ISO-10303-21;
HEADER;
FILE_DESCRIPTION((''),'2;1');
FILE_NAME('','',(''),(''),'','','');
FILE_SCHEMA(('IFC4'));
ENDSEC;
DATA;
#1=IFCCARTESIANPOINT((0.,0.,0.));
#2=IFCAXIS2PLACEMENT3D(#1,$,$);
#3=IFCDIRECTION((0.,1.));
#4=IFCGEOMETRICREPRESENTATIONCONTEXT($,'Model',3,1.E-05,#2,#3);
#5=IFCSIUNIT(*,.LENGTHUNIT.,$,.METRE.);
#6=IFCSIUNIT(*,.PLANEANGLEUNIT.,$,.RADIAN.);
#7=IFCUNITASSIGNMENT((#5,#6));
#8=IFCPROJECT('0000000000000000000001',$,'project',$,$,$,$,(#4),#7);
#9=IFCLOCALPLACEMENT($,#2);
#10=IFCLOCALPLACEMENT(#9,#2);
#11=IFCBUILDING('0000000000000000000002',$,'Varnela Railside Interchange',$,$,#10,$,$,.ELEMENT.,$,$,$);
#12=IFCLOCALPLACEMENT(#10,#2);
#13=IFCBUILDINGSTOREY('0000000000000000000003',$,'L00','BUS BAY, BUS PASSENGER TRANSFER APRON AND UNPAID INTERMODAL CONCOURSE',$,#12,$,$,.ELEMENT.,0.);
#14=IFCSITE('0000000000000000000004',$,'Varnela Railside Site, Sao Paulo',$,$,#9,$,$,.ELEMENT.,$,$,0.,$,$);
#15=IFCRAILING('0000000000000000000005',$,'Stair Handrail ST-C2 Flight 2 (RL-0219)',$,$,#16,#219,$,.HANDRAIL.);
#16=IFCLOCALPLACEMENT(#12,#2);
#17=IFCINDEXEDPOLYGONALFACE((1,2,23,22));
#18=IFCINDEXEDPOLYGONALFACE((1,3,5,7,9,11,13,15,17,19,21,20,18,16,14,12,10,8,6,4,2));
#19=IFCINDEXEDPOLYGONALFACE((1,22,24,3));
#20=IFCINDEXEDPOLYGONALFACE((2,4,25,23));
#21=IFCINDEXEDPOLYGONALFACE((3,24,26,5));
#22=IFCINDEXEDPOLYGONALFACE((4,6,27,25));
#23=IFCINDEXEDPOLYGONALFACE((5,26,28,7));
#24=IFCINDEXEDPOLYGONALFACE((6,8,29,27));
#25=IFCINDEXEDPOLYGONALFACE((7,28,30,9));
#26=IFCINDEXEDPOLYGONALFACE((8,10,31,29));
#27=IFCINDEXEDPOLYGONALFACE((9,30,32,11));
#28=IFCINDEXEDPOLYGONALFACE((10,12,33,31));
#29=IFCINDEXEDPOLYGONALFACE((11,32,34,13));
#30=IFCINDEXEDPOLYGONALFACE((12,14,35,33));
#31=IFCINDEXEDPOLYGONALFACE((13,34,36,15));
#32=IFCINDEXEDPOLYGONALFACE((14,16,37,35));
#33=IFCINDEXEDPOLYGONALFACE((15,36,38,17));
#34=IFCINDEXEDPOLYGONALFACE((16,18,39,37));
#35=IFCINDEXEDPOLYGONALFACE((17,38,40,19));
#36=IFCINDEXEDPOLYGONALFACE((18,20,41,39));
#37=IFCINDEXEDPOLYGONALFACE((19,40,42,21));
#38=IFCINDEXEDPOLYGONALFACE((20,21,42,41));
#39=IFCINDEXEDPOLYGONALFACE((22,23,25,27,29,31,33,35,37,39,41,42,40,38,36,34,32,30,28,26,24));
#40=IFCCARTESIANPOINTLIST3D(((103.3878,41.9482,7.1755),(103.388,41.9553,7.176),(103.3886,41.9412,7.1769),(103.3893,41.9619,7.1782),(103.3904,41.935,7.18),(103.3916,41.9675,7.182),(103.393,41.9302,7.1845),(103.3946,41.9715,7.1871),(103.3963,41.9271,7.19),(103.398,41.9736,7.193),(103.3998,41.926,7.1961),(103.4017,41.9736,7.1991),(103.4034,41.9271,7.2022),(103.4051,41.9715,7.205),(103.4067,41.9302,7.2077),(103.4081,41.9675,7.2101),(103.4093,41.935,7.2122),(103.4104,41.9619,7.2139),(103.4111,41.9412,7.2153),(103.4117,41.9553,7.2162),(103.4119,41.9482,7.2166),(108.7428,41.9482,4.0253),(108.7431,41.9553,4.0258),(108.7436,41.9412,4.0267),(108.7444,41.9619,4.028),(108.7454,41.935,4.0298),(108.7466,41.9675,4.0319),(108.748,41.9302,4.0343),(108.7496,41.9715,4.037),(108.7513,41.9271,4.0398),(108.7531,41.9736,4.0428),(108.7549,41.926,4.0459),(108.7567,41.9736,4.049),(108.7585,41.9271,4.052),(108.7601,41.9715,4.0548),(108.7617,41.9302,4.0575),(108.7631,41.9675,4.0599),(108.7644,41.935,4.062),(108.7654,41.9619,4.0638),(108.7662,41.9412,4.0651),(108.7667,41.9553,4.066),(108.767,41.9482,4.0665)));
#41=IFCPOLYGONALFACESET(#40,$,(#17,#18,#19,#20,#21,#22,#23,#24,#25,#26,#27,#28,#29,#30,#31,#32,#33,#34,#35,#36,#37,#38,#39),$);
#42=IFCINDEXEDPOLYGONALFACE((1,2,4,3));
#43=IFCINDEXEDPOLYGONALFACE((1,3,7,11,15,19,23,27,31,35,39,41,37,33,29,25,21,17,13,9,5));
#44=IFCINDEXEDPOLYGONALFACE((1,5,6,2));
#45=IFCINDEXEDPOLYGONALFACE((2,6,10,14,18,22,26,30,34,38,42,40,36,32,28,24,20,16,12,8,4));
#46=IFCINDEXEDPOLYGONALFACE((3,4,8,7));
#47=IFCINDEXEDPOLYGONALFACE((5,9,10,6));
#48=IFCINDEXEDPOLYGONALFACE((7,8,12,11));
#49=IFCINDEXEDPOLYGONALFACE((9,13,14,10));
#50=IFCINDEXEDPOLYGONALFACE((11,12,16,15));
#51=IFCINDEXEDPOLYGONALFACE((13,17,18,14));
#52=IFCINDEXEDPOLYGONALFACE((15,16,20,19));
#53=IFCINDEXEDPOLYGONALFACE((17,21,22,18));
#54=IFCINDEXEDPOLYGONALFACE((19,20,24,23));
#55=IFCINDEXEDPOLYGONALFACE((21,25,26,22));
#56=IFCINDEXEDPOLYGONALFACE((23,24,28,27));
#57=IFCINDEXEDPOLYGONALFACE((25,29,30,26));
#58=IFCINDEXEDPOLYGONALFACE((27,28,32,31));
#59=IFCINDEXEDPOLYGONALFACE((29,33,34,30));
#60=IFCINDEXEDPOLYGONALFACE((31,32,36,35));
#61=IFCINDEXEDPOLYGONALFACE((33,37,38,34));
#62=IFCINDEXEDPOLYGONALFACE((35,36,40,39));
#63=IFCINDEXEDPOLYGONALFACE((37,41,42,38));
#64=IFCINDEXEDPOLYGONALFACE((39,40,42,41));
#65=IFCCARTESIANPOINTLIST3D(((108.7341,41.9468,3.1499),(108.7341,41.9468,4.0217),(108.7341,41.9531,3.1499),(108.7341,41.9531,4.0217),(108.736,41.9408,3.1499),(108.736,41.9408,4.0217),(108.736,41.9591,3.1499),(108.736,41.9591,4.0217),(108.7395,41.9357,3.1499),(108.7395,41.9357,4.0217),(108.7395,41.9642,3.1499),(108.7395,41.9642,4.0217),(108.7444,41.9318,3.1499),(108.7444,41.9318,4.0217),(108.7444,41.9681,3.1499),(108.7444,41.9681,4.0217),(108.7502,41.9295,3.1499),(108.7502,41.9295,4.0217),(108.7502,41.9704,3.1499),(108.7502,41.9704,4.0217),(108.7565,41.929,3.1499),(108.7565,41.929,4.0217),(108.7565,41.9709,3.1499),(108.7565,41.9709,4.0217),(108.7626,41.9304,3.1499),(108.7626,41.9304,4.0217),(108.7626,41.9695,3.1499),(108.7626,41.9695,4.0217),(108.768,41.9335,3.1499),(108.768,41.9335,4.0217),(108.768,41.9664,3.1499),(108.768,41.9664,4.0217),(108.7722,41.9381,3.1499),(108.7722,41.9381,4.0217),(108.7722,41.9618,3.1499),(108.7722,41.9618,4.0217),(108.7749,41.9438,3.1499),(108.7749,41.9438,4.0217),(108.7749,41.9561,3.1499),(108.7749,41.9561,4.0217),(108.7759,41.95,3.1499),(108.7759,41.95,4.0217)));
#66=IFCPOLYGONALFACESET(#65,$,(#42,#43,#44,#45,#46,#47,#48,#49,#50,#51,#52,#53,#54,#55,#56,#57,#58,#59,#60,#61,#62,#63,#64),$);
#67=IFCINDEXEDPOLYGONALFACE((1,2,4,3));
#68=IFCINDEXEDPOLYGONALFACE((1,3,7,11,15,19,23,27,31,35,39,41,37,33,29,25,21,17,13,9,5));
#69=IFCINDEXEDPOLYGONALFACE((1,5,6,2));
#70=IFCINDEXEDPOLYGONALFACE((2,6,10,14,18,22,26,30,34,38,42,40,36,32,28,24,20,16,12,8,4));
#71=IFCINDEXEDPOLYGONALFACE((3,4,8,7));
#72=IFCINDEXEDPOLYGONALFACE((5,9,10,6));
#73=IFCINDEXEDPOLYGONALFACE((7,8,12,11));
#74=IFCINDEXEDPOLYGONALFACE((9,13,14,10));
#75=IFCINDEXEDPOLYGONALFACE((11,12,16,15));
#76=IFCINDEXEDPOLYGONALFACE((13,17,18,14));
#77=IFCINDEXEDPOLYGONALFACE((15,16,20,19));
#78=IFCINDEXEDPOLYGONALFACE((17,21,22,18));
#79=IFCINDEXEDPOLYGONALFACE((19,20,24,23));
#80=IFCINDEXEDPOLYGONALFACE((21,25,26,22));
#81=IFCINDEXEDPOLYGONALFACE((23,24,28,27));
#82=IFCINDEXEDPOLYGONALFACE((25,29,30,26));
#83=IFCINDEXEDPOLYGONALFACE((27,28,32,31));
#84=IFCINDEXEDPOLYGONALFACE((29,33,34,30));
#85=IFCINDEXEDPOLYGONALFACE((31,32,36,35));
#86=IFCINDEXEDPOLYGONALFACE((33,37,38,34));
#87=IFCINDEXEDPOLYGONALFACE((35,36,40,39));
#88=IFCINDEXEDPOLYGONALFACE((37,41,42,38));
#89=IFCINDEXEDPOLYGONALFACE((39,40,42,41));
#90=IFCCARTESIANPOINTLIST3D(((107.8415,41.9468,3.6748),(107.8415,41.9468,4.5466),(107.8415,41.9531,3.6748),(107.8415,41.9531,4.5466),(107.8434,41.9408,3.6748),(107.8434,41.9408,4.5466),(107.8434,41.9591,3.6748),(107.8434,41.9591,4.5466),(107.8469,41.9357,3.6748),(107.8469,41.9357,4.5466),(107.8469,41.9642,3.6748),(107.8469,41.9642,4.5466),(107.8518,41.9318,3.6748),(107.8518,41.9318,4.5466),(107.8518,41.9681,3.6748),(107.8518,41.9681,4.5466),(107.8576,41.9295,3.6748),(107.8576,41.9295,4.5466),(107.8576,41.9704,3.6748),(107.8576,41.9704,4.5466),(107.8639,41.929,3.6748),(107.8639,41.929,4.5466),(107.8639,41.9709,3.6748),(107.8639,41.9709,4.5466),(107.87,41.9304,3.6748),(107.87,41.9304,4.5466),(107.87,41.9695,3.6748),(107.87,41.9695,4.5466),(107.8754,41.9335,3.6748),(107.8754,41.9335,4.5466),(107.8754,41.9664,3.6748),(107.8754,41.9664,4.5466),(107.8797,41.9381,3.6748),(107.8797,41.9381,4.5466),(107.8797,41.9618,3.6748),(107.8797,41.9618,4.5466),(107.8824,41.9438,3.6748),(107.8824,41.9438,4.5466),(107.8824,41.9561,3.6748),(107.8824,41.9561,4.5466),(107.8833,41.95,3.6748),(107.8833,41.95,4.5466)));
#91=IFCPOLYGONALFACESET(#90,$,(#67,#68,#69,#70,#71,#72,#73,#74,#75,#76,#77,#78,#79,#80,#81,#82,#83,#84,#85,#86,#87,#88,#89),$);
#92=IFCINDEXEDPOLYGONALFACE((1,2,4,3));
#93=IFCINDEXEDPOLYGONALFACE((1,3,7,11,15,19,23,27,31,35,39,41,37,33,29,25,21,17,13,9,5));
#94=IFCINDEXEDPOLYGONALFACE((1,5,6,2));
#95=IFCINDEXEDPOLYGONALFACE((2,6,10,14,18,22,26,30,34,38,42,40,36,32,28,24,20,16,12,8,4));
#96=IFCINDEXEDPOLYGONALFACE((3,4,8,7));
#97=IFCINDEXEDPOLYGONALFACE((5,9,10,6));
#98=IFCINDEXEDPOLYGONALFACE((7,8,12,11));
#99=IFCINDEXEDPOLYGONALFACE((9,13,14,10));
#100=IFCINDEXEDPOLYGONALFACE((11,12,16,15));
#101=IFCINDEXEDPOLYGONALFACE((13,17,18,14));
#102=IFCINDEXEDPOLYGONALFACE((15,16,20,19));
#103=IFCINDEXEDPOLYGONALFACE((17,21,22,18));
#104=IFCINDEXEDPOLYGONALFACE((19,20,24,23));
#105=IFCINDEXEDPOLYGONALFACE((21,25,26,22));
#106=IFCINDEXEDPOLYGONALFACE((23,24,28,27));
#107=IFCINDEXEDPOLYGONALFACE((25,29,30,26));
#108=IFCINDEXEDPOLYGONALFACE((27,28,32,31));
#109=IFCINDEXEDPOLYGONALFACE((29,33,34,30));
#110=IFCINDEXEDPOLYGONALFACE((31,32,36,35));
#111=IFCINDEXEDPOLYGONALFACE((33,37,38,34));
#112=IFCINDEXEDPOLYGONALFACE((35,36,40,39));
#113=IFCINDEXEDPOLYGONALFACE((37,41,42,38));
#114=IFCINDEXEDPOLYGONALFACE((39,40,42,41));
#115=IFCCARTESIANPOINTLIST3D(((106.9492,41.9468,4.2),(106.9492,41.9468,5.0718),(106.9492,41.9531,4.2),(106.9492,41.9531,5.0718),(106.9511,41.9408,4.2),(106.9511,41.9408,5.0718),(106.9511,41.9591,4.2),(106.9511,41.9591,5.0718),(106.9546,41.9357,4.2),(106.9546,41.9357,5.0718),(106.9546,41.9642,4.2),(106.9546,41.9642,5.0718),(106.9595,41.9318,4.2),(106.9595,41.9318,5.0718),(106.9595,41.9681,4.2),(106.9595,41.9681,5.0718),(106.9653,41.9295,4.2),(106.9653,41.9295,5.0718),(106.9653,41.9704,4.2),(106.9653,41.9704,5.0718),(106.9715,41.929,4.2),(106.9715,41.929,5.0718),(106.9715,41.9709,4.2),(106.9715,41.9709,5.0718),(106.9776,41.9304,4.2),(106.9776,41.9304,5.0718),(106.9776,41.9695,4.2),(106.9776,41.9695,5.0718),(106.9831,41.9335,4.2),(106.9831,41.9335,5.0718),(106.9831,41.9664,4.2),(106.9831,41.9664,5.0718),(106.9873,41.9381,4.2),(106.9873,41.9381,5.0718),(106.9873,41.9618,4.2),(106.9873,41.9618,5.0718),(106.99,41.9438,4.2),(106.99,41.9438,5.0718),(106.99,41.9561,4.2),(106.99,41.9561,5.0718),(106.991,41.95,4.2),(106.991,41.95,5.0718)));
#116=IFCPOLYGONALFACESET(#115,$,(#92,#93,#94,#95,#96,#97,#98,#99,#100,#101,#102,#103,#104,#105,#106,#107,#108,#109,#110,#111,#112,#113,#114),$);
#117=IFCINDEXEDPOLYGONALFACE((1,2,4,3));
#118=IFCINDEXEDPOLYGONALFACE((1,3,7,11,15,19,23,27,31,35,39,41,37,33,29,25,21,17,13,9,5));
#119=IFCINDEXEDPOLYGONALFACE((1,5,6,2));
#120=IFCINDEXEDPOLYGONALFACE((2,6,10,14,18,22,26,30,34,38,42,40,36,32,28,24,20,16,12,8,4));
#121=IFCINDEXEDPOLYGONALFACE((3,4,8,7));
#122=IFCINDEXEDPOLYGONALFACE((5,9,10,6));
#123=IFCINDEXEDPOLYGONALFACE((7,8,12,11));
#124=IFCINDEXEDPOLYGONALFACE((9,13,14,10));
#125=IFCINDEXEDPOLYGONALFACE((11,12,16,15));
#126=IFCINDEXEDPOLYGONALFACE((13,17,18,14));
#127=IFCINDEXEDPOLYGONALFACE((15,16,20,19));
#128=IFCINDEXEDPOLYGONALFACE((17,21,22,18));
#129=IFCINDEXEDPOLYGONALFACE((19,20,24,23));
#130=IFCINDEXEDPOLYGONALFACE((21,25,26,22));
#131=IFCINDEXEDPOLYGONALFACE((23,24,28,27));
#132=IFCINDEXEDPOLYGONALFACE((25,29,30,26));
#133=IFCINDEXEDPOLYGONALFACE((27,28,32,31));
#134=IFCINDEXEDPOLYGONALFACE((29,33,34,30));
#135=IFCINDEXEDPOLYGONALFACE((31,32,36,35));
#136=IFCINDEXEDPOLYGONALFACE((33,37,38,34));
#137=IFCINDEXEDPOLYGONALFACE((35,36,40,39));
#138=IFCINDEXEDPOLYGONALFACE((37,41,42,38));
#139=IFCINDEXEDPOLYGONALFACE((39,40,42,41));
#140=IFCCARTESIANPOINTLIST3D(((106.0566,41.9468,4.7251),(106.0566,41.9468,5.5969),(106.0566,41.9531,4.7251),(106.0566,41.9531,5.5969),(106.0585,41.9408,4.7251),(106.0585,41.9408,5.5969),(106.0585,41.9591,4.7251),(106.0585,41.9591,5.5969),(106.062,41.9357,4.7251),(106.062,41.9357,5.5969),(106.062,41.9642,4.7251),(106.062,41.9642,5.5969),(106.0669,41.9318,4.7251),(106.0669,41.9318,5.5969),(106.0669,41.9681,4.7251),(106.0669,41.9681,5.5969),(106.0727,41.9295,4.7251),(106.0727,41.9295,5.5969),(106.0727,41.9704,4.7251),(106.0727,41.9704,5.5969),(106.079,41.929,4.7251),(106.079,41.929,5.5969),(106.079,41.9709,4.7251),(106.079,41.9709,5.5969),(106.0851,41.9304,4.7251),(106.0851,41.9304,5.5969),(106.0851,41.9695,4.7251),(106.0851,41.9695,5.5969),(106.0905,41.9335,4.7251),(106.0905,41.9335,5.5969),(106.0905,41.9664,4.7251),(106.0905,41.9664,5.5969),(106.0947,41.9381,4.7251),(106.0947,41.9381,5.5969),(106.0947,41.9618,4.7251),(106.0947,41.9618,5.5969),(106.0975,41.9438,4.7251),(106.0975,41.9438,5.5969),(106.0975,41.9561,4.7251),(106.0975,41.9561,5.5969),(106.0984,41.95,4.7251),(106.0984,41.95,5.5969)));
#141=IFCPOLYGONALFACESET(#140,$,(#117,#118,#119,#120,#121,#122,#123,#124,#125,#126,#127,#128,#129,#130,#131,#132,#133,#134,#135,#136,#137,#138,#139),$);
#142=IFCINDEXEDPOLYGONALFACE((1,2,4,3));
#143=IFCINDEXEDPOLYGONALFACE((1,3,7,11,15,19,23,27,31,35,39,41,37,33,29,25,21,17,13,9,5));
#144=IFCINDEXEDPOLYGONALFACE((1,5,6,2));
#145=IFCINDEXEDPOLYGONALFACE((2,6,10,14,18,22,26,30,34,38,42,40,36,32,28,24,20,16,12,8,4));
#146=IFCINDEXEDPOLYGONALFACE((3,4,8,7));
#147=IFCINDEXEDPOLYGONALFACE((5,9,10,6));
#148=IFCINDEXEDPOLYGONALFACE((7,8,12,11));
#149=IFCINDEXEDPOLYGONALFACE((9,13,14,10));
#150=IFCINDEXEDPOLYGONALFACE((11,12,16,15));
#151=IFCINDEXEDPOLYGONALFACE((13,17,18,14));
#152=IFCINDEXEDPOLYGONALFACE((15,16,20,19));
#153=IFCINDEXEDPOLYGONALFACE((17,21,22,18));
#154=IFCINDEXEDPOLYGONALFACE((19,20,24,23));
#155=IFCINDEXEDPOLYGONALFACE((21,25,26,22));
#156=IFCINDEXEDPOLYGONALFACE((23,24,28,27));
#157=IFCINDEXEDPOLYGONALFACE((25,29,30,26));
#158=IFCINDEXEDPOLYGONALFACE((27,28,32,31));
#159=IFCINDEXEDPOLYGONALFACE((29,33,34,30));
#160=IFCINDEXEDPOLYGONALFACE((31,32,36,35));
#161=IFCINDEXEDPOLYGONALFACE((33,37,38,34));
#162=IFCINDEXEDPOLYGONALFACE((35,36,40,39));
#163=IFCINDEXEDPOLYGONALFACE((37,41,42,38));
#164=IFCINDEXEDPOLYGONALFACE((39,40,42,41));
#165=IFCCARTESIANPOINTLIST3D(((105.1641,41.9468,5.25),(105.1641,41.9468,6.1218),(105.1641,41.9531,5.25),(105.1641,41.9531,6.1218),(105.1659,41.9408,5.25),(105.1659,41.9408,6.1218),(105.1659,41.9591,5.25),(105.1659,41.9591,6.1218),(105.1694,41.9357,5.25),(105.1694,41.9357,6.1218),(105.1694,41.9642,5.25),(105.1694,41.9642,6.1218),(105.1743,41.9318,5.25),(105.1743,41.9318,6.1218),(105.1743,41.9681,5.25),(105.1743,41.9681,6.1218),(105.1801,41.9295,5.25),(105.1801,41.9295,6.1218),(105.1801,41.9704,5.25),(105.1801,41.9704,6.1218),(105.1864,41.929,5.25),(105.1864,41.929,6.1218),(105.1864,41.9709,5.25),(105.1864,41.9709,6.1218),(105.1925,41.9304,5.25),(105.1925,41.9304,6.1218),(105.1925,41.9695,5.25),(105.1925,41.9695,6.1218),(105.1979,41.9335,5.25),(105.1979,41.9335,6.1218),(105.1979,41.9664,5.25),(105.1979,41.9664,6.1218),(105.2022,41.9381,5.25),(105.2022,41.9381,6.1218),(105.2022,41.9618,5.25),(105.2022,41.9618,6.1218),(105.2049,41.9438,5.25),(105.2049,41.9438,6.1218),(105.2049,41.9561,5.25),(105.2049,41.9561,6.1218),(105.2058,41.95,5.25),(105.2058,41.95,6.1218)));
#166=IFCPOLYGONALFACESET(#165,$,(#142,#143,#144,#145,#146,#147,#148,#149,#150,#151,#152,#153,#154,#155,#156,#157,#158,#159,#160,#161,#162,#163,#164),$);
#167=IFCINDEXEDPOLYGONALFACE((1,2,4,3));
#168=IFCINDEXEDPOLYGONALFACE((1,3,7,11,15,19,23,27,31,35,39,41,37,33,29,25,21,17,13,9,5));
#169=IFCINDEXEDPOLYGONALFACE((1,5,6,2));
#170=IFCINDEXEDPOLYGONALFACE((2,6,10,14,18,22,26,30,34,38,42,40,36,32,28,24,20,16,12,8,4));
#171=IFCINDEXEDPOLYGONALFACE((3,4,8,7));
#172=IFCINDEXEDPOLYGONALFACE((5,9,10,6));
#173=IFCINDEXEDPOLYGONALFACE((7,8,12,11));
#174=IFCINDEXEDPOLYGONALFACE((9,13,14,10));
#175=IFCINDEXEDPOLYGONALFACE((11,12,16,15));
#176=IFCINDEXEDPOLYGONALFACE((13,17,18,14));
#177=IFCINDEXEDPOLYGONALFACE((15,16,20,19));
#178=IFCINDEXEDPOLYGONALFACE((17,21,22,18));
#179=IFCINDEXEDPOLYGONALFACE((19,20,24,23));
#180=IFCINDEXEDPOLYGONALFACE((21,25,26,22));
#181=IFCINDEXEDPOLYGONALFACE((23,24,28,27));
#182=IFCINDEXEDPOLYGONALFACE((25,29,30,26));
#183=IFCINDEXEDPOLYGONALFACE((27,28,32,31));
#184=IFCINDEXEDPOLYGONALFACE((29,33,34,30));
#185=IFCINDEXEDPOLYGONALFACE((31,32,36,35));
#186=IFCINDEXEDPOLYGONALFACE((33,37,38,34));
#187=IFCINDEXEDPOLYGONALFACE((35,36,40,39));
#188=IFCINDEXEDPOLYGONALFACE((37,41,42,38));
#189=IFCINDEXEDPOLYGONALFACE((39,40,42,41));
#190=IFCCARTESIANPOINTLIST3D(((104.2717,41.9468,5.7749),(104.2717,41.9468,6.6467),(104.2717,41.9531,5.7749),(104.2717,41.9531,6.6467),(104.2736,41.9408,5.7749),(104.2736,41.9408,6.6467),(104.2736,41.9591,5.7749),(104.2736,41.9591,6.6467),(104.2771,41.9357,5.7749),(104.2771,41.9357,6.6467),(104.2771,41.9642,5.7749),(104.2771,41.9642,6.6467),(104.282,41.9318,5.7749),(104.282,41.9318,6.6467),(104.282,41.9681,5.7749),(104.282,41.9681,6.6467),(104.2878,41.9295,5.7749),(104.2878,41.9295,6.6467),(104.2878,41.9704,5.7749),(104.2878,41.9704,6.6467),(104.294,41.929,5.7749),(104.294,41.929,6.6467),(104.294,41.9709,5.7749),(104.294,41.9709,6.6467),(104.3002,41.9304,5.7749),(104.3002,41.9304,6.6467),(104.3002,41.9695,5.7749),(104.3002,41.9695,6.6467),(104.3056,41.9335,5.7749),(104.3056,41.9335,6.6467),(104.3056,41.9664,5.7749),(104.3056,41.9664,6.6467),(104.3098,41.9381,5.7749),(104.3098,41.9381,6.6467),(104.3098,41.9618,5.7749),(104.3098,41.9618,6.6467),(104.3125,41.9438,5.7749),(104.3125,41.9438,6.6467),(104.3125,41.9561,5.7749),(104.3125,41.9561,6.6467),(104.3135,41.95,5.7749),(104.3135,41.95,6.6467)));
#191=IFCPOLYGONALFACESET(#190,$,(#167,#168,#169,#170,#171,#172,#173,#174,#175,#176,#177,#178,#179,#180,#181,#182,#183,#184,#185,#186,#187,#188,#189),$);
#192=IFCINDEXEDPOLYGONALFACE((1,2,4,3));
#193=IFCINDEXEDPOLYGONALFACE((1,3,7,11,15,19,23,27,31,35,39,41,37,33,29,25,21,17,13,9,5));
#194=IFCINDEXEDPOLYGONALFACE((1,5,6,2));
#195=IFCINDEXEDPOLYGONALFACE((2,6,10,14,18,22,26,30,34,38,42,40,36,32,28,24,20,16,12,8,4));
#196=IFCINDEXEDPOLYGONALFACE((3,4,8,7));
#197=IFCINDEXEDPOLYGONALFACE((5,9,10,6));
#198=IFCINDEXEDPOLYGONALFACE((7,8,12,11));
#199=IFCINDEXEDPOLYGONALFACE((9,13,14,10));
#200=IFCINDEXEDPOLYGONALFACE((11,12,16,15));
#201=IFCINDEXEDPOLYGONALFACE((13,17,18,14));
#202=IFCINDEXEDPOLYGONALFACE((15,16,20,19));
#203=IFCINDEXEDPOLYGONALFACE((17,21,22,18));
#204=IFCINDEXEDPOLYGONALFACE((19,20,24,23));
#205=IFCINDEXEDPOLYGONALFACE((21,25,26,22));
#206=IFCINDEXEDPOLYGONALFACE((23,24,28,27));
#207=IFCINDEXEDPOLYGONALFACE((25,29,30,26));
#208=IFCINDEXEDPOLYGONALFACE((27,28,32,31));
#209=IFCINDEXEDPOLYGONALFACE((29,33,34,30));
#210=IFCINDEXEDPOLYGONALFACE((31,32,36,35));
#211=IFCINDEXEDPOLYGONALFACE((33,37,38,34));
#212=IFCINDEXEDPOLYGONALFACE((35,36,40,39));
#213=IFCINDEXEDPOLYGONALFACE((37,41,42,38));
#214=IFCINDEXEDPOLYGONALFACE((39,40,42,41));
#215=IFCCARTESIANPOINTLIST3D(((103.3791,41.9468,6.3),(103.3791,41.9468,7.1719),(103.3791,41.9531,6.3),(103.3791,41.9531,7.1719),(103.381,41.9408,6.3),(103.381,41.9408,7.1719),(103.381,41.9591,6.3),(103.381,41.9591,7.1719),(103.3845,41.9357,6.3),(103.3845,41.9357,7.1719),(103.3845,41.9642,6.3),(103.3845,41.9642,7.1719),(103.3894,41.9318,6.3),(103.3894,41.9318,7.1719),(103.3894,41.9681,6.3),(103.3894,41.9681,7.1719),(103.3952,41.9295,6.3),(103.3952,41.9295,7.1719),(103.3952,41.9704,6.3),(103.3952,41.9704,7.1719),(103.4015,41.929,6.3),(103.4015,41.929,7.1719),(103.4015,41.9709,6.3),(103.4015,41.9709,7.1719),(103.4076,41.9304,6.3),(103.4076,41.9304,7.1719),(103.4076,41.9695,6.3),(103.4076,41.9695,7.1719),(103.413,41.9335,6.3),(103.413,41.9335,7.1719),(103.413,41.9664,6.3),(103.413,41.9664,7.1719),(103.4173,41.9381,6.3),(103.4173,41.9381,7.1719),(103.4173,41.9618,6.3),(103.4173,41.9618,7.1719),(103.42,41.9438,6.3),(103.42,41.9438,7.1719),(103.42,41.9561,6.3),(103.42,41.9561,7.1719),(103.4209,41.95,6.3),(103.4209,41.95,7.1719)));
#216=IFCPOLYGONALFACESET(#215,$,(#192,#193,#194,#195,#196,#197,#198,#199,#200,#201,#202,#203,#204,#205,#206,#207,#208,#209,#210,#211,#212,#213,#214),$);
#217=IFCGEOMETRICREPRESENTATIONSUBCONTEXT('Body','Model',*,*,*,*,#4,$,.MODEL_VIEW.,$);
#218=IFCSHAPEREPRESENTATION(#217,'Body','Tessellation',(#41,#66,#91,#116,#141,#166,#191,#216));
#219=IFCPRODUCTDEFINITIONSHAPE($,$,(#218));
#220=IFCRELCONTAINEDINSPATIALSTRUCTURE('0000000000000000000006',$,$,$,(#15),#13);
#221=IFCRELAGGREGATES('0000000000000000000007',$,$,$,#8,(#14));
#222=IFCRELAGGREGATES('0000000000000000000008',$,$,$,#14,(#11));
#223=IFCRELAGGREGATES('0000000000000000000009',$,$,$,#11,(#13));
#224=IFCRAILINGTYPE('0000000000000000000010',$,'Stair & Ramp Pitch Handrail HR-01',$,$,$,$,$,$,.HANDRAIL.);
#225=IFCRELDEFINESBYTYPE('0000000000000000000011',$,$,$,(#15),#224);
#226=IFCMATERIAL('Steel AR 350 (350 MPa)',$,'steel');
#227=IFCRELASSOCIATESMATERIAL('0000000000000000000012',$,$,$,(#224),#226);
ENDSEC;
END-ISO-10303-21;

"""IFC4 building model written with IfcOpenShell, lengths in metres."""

from ifc_helpers import new_model, si_unit, direction, frame, origin, origin_2d, place, context, subcontext, project, spatial, circle, extrude, material, type_object, element, save


model = new_model("IFC4")

# Units and contexts
model_context = context("Model", 3, precision=1e-05, world=origin(), true_north=direction((0.0, 1.0)))
body_context = subcontext(model_context, "Body", "Model", "MODEL_VIEW")
ifc_project = project(units=[si_unit("LENGTHUNIT", "METRE"), si_unit("PLANEANGLEUNIT", "RADIAN")], contexts=[model_context])

# Site, building, storey
site_placement = place(None, origin())
site = spatial("IfcSite", under=ifc_project, at=site_placement, Name="Varnela Railside Site, Sao Paulo", CompositionType="ELEMENT", RefElevation=0.0)
building_placement = place(site_placement, origin())
building = spatial("IfcBuilding", under=site, at=building_placement, Name="Varnela Railside Interchange", CompositionType="ELEMENT")
storey_placement = place(building_placement, origin())
storey = spatial("IfcBuildingStorey", under=building, at=storey_placement, Name="L00", Description="BUS BAY, BUS PASSENGER TRANSFER APRON AND UNPAID INTERMODAL CONCOURSE", CompositionType="ELEMENT", Elevation=0.0)

# Shared definitions
ifc_material_1 = material(Name="Steel AR 350 (350 MPa)", Category="steel")

# Railing
railing_type_1 = type_object("IfcRailingType", Name="Stair & Ramp Pitch Handrail HR-01", PredefinedType="HANDRAIL", material=ifc_material_1)
railing_1_placement = place(storey_placement, frame((108.7549, 41.95, 3.1499)))
element("IfcRailing", 1, at=railing_1_placement, inside=storey, type_object=railing_type_1, Name="Stair Handrail ST-C2 Flight 2 (RL-0219)", PredefinedType="HANDRAIL", context=body_context, shape_type="SweptSolid", body=[
    extrude(circle(Radius=0.0239, at=origin_2d()), frame((0.0, 0.0, 0.896), z_axis=(-0.861923, 0.0, 0.507039), x_axis=(0.0, -1.0, 0.0)), (0.0, 0.0, 1.0), 6.2129),
    extrude(circle(Radius=0.021, at=origin_2d()), origin(), (0.0, 0.0, 1.0), 0.8718),
    extrude(circle(Radius=0.021, at=origin_2d()), frame((-0.8926, 0.0, 0.5249)), (0.0, 0.0, 1.0), 0.8718),
    extrude(circle(Radius=0.021, at=origin_2d()), frame((-1.7849, 0.0, 1.05)), (0.0, 0.0, 1.0), 0.8718),
    extrude(circle(Radius=0.021, at=origin_2d()), frame((-2.6775, 0.0, 1.5752)), (0.0, 0.0, 1.0), 0.8718),
    extrude(circle(Radius=0.021, at=origin_2d()), frame((-3.5701, 0.0, 2.1001)), (0.0, 0.0, 1.0), 0.8718),
    extrude(circle(Radius=0.021, at=origin_2d()), frame((-4.4624, 0.0, 2.625)), (0.0, 0.0, 1.0), 0.8718),
    extrude(circle(Radius=0.021, at=origin_2d()), frame((-5.355, 0.0, 3.1501)), (0.0, 0.0, 1.0), 0.8718),
])

save(model, "model.ifc")
